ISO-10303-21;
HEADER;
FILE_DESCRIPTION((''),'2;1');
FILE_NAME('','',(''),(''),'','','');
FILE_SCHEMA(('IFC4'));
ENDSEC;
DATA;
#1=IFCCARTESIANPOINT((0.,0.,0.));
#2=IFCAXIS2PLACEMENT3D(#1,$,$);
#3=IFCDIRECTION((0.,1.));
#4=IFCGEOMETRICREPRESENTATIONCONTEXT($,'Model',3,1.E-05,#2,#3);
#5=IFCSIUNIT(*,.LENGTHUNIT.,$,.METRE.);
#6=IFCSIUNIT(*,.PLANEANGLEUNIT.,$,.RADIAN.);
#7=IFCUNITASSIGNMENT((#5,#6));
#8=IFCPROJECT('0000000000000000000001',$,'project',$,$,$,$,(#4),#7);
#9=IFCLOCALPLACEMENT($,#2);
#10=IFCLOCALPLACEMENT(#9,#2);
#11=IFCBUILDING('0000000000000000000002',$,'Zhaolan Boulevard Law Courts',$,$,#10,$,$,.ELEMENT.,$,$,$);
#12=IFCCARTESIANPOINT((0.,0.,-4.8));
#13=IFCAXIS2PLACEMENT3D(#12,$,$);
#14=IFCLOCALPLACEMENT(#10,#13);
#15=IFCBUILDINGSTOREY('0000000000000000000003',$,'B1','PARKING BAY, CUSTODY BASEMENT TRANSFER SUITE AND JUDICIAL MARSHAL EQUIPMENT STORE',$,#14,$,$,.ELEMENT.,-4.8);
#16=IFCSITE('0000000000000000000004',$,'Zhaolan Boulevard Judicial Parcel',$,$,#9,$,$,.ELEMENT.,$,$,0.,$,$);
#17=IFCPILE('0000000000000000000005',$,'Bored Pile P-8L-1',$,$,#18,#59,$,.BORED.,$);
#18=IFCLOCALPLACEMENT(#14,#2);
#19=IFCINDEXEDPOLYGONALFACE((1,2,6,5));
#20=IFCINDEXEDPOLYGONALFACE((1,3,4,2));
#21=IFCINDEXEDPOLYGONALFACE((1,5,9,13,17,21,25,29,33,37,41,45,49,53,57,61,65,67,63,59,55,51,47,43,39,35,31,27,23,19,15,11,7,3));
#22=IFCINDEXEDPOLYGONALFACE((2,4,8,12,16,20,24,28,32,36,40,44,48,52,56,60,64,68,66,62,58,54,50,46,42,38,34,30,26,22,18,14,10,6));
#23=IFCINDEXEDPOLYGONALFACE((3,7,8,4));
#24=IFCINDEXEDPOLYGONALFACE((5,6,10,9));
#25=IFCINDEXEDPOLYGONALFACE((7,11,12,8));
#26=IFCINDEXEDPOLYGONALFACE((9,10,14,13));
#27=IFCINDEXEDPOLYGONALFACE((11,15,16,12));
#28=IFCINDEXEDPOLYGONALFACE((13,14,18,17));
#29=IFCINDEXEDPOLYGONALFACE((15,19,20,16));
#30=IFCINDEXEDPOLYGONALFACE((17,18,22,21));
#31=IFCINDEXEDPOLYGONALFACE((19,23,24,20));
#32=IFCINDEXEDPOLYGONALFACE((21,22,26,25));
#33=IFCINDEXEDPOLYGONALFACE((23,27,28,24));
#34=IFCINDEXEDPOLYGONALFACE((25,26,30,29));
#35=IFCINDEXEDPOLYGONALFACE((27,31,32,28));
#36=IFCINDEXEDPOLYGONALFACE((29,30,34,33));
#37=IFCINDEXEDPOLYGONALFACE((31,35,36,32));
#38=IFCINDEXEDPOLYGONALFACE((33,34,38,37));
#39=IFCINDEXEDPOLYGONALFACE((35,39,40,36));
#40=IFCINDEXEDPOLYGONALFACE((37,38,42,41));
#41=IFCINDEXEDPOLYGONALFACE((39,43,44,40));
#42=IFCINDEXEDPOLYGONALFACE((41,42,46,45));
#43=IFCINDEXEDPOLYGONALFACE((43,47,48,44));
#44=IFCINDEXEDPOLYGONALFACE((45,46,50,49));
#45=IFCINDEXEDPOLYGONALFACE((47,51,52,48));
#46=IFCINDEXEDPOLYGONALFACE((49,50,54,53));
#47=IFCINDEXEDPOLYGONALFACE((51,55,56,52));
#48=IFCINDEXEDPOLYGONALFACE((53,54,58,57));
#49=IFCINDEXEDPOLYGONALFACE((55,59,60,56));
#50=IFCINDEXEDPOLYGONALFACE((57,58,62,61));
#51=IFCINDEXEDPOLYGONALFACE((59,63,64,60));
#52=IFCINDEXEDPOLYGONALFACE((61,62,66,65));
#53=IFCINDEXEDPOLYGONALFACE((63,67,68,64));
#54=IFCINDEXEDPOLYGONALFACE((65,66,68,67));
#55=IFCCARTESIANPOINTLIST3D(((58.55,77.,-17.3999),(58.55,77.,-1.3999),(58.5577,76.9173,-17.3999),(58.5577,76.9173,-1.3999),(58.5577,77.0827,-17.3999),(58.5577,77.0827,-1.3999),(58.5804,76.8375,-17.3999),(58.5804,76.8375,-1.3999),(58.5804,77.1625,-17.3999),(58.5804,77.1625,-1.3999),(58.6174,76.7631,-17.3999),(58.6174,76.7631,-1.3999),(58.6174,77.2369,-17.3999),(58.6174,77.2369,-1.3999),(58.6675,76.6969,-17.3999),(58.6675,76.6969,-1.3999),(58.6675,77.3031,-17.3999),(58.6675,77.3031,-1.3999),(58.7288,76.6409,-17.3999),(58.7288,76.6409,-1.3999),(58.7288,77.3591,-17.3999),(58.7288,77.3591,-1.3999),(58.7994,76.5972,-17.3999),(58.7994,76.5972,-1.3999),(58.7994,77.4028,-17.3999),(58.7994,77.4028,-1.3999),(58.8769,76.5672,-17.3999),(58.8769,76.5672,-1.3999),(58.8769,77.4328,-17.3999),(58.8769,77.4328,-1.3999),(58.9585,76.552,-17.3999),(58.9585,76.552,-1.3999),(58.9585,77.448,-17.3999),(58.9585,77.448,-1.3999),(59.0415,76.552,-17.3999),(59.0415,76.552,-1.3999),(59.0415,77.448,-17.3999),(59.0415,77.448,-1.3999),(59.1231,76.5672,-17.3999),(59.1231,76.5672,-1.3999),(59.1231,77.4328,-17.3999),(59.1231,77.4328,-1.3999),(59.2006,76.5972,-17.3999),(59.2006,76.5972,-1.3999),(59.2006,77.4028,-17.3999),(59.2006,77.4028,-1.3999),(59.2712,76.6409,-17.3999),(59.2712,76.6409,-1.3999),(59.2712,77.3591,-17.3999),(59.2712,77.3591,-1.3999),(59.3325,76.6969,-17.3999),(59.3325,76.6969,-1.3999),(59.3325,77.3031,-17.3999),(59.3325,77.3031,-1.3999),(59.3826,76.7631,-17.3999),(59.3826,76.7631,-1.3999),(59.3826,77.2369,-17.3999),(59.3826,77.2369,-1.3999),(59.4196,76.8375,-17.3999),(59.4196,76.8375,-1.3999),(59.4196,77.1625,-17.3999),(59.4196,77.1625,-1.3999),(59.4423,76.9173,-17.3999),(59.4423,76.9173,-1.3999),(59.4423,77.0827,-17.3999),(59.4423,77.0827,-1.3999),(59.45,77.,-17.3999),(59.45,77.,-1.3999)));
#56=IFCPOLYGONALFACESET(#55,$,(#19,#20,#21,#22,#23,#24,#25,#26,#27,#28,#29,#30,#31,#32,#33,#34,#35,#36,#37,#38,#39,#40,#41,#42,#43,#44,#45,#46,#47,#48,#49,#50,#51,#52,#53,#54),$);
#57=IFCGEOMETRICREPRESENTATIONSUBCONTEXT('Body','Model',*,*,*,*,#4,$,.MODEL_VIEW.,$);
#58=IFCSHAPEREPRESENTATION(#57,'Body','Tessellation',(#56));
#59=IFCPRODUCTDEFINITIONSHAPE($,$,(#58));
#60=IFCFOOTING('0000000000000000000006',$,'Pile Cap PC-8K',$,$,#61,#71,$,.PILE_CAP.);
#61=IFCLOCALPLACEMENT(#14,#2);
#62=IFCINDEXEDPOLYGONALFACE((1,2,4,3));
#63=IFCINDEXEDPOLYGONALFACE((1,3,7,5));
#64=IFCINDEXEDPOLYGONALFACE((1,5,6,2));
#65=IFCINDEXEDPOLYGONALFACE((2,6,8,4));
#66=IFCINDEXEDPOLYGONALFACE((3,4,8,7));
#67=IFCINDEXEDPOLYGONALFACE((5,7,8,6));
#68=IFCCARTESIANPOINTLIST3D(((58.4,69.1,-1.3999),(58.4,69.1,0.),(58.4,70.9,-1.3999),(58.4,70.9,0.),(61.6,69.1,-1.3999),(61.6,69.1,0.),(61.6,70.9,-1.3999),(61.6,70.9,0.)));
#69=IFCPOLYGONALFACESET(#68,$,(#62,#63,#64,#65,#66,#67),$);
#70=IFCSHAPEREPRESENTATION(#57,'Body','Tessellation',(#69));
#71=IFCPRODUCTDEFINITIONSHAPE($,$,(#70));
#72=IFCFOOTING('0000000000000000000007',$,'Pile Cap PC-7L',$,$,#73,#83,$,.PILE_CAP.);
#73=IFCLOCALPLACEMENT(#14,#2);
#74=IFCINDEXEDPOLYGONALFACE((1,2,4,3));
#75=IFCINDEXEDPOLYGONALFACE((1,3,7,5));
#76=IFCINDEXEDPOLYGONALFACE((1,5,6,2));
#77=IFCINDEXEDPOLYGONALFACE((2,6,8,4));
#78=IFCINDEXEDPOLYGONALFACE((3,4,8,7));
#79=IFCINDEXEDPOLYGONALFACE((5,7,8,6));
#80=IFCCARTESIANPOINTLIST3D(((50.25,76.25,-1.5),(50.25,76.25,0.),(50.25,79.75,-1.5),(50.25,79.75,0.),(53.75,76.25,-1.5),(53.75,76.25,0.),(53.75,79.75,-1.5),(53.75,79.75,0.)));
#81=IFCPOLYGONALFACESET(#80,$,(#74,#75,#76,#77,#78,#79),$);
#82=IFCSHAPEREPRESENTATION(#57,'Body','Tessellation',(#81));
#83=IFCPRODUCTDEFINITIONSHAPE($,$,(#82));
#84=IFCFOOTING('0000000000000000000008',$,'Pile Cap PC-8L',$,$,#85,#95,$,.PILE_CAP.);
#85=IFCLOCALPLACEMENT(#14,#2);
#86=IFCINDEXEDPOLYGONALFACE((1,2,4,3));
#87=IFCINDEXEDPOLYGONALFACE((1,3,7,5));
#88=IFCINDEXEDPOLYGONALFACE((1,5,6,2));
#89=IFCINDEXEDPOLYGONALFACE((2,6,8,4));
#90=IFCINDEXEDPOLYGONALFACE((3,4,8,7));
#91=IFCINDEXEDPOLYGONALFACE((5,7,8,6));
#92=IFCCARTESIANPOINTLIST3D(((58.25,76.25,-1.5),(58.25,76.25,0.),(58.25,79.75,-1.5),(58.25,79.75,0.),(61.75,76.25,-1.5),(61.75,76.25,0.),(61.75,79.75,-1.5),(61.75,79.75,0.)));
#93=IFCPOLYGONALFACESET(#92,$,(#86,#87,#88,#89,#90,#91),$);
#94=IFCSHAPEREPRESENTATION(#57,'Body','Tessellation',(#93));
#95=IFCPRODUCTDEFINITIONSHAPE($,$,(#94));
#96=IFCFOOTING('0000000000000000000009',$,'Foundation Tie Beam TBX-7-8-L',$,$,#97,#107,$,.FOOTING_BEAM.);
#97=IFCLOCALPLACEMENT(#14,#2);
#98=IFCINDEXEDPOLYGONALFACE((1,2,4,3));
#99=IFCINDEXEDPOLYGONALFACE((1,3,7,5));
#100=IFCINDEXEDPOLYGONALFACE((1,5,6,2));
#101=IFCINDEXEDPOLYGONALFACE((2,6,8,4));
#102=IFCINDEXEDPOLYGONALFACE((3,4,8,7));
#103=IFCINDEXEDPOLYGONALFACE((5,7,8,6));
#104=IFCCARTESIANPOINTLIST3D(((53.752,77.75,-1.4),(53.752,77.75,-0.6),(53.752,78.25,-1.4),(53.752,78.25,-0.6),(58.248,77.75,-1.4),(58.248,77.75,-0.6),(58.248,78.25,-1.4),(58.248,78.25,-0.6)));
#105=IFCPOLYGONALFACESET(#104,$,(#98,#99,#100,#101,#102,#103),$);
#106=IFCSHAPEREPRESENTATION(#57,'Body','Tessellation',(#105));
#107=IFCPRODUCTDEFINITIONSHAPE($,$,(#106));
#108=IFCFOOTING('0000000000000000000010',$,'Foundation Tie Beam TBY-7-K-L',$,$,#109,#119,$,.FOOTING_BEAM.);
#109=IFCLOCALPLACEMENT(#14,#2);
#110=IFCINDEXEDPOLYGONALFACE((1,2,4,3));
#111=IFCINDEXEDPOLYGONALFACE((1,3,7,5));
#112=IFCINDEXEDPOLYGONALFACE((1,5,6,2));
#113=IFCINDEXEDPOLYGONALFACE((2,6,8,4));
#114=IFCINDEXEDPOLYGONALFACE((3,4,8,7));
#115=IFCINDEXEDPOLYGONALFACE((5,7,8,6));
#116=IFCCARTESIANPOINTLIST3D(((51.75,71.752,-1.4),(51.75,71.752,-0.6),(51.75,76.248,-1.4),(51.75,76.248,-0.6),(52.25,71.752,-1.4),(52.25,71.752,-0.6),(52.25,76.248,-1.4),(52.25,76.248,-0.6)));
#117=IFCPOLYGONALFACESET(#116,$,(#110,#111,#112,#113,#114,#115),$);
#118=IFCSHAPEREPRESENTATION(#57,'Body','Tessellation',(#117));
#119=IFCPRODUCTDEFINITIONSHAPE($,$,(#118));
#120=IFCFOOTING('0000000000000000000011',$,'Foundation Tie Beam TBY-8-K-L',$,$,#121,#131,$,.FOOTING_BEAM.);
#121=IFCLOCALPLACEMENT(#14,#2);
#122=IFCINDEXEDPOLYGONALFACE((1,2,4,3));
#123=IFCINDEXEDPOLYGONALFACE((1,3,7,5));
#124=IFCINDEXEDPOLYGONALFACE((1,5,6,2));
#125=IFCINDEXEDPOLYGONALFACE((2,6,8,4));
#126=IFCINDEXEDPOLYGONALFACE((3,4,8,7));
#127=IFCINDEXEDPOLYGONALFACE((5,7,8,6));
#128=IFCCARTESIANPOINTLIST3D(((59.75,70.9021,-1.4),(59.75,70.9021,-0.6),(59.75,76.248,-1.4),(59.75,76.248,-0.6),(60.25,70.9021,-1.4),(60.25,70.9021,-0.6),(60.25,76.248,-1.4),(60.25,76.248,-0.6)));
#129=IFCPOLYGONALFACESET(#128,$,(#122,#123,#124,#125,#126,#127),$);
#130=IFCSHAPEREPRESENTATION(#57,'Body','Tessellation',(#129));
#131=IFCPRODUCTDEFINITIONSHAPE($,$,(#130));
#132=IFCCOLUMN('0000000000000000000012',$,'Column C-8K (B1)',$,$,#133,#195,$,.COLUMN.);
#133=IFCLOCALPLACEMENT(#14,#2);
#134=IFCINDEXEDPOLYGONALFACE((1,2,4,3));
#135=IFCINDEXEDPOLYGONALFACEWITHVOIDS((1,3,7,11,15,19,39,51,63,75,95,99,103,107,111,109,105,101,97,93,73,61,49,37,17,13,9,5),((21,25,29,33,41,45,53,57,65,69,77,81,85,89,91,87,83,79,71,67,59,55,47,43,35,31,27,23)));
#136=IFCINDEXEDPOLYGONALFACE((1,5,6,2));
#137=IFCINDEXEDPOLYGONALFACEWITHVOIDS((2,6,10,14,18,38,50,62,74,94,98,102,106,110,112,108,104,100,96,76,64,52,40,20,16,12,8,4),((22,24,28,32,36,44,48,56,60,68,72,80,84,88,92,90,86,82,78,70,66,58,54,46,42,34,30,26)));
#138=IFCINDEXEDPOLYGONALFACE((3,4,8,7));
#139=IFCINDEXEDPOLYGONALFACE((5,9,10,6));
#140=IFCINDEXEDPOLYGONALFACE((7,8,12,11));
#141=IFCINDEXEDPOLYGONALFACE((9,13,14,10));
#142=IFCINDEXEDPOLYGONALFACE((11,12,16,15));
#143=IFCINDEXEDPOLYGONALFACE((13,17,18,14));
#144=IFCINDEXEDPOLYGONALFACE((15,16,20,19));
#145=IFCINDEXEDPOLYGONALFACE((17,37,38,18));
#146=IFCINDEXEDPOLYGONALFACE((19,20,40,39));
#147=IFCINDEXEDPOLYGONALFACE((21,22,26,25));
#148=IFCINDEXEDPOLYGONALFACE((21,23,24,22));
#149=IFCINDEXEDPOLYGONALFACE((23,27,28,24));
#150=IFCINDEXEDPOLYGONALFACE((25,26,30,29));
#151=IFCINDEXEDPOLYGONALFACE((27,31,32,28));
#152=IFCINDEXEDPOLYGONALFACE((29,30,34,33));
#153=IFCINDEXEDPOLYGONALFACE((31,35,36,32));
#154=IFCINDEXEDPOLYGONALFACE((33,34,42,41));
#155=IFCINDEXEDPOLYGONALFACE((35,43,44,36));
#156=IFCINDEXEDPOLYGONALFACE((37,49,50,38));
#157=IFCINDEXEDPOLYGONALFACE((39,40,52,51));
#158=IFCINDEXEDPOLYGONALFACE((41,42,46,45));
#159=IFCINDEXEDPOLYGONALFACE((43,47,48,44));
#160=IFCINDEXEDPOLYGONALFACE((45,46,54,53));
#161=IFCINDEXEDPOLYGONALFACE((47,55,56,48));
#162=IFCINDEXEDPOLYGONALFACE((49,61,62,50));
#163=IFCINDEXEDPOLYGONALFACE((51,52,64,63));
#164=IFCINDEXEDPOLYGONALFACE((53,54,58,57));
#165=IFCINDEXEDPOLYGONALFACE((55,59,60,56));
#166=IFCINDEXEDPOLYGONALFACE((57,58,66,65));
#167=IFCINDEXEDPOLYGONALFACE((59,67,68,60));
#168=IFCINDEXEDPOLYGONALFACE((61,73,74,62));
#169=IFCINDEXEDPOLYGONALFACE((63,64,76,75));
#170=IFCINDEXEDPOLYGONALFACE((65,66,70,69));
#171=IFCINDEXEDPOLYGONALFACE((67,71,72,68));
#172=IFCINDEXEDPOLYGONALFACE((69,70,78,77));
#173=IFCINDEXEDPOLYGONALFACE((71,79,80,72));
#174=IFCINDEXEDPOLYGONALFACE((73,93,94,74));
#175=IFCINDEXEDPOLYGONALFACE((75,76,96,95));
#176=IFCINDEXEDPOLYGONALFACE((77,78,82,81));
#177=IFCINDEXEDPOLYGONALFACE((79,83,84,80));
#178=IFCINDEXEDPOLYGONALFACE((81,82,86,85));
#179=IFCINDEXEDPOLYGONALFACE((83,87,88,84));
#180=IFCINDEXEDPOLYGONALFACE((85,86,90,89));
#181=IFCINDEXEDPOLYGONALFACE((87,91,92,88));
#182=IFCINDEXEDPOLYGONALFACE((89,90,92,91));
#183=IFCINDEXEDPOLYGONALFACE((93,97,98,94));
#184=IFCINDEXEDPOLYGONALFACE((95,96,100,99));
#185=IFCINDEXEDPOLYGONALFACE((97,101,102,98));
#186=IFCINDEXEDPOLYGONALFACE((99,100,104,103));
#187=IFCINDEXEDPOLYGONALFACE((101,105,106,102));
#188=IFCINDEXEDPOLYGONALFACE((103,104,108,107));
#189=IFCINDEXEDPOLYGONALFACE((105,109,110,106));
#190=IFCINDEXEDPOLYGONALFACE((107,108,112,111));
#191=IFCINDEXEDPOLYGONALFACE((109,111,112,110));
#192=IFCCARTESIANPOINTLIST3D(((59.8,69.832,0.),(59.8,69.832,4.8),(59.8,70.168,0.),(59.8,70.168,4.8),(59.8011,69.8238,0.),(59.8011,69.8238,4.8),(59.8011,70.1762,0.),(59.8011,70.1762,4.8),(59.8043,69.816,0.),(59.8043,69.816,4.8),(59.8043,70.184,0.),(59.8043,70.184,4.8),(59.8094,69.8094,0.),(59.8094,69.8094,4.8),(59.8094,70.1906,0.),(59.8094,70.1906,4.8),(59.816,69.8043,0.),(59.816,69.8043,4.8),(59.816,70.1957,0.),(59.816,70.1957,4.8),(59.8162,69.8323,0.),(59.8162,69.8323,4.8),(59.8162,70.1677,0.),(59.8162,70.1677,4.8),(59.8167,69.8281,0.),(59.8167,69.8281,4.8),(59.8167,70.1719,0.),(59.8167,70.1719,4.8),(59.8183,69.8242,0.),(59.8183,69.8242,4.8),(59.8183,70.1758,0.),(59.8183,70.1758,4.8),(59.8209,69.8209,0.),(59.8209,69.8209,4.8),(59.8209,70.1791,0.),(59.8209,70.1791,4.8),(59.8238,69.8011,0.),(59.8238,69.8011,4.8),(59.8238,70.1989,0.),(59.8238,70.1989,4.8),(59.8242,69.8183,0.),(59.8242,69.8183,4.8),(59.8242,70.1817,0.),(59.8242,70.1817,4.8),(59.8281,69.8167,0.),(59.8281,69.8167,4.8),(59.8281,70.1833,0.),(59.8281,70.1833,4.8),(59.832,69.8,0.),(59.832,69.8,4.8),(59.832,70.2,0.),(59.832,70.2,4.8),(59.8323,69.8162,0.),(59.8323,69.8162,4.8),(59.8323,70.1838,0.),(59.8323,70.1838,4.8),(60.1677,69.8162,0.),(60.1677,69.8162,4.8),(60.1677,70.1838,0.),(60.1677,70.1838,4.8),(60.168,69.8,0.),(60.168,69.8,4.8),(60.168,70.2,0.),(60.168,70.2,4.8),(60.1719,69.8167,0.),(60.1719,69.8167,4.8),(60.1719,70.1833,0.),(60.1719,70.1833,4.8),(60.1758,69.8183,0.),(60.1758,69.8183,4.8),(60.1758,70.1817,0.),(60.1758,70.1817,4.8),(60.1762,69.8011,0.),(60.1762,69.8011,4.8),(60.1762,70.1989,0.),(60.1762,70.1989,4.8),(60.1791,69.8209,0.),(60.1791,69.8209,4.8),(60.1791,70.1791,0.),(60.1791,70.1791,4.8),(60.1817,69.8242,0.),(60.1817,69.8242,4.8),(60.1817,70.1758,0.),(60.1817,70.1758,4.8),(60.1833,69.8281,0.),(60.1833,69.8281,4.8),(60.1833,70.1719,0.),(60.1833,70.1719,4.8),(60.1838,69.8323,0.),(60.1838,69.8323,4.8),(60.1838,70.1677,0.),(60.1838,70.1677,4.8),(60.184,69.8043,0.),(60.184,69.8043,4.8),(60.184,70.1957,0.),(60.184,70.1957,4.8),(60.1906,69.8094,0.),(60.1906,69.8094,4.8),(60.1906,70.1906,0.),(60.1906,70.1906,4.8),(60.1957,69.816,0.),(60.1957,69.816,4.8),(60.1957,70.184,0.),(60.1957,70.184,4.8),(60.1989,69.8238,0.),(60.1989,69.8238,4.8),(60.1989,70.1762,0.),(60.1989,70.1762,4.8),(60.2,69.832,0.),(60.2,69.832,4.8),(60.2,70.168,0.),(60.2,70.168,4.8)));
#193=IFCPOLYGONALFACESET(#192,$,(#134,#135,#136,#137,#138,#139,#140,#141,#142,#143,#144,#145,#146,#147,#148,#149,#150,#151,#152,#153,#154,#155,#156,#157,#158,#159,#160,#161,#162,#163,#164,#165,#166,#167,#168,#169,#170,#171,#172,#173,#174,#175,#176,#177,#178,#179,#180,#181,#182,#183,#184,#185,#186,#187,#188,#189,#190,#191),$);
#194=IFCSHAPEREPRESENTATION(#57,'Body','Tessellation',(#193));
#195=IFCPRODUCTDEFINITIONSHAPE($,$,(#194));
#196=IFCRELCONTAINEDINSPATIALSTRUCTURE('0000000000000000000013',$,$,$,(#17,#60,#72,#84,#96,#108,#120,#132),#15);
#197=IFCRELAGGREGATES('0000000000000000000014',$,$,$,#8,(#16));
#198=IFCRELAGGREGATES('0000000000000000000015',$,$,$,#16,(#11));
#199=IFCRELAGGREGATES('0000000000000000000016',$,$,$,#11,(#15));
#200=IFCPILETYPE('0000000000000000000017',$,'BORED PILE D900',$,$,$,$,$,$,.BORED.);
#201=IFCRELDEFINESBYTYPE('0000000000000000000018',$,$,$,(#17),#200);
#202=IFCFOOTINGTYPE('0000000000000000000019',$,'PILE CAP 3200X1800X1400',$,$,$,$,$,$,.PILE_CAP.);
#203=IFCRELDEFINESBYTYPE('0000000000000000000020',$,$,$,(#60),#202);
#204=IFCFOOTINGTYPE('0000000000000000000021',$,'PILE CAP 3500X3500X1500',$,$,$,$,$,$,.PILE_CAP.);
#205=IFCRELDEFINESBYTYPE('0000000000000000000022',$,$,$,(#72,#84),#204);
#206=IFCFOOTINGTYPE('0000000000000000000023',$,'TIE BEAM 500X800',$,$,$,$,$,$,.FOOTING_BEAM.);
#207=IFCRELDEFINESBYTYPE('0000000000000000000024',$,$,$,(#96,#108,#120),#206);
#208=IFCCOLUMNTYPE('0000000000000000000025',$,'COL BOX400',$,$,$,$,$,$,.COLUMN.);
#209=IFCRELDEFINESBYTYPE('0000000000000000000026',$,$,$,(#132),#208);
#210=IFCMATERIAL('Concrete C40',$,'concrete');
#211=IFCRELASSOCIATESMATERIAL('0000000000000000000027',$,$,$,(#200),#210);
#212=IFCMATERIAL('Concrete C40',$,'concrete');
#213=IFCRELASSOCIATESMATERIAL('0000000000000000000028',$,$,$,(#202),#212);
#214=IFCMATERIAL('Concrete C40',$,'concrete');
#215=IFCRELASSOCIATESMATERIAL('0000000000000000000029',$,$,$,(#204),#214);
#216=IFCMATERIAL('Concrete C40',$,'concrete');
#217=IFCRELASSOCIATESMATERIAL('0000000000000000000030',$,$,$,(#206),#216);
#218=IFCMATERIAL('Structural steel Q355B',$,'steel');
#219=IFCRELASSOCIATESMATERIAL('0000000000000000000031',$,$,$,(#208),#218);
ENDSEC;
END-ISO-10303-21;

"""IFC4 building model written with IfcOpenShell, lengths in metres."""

from ifc_helpers import new_model, si_unit, direction, frame, origin, origin_2d, place, context, subcontext, project, spatial, rectangle, hollow_rectangle, circle, extrude, material, material_profile, profile_set, type_object, element, save


model = new_model("IFC4")

# Units and contexts
model_context = context("Model", 3, precision=1e-05, world=origin(), true_north=direction((0.0, 1.0)))
body_context = subcontext(model_context, "Body", "Model", "MODEL_VIEW")
ifc_project = project(units=[si_unit("LENGTHUNIT", "METRE"), si_unit("PLANEANGLEUNIT", "RADIAN")], contexts=[model_context])

# Site, building, storey
site_placement = place(None, origin())
site = spatial("IfcSite", under=ifc_project, at=site_placement, Name="Zhaolan Boulevard Judicial Parcel", CompositionType="ELEMENT", RefElevation=0.0)
building_placement = place(site_placement, origin())
building = spatial("IfcBuilding", under=site, at=building_placement, Name="Zhaolan Boulevard Law Courts", CompositionType="ELEMENT")
storey_placement = place(building_placement, frame((0.0, 0.0, -4.8)))
storey = spatial("IfcBuildingStorey", under=building, at=storey_placement, Name="B1", Description="PARKING BAY, CUSTODY BASEMENT TRANSFER SUITE AND JUDICIAL MARSHAL EQUIPMENT STORE", CompositionType="ELEMENT", Elevation=-4.8)

# Pile
ifc_material_1 = material(Name="Concrete C40", Category="concrete")
ifc_material_profile_1 = material_profile(ifc_material_1, circle(Radius=0.45, at=origin_2d()), Name="PILE-D900")
ifc_profile_set_1 = profile_set([ifc_material_profile_1], Name="Concrete C40")
pile_type_1 = type_object("IfcPileType", Name="BORED PILE D900", PredefinedType="BORED", material=ifc_profile_set_1)
for number, where, z_axis, x_axis, name in (
    (1, (59.0, 77.0, -1.3999), (0.0, 0.0, -1.0), (1.0, 0.0, 0.0), "Bored Pile P-8L-1"),
):
    element("IfcPile", number, at=place(storey_placement, frame(where, z_axis=z_axis, x_axis=x_axis)), inside=storey, type_object=pile_type_1, Name=name, PredefinedType="BORED", context=body_context, shape_type="SweptSolid", body=[
        extrude(circle(Radius=0.45, at=origin_2d()), origin(), (0.0, 0.0, 1.0), 16.0),
    ])

# Footings
ifc_material_2 = material(Name="Concrete C40", Category="concrete")
footing_type_1 = type_object("IfcFootingType", Name="PILE CAP 3200X1800X1400", PredefinedType="PILE_CAP", material=ifc_material_2)
footing_1_placement = place(storey_placement, frame((60.0, 70.0, -1.3999), z_axis=(0.0, 0.0, 1.0), x_axis=(1.0, 0.0, 0.0)))
element("IfcFooting", 2, at=footing_1_placement, inside=storey, type_object=footing_type_1, Name="Pile Cap PC-8K", PredefinedType="PILE_CAP", context=body_context, shape_type="SweptSolid", body=[
    extrude(rectangle(XDim=3.2, YDim=1.8, at=origin_2d()), origin(), (0.0, 0.0, 1.0), 1.3999),
])
ifc_material_3 = material(Name="Concrete C40", Category="concrete")
footing_type_2 = type_object("IfcFootingType", Name="PILE CAP 3500X3500X1500", PredefinedType="PILE_CAP", material=ifc_material_3)
for number, where, z_axis, x_axis, name in (
    (3, (52.0, 78.0, -1.5), (0.0, 0.0, 1.0), (1.0, 0.0, 0.0), "Pile Cap PC-7L"),
    (4, (60.0, 78.0, -1.5), (0.0, 0.0, 1.0), (1.0, 0.0, 0.0), "Pile Cap PC-8L"),
):
    element("IfcFooting", number, at=place(storey_placement, frame(where, z_axis=z_axis, x_axis=x_axis)), inside=storey, type_object=footing_type_2, Name=name, PredefinedType="PILE_CAP", context=body_context, shape_type="SweptSolid", body=[
        extrude(rectangle(XDim=3.5, YDim=3.5, at=origin_2d()), origin(), (0.0, 0.0, 1.0), 1.5),
    ])
ifc_material_4 = material(Name="Concrete C40", Category="concrete")
ifc_material_profile_2 = material_profile(ifc_material_4, rectangle(XDim=0.5, YDim=0.8, at=origin_2d()), Name="RC500x800")
ifc_profile_set_2 = profile_set([ifc_material_profile_2], Name="Concrete C40")
footing_type_3 = type_object("IfcFootingType", Name="TIE BEAM 500X800", PredefinedType="FOOTING_BEAM", material=ifc_profile_set_2)
for number, where, z_axis, x_axis, name in (
    (5, (53.752, 78.0, -1.0), (1.0, 0.0, 0.0), (0.0, 1.0, 0.0), "Foundation Tie Beam TBX-7-8-L"),
    (6, (52.0, 71.752, -1.0), (0.0, 1.0, 0.0), (-1.0, 0.0, 0.0), "Foundation Tie Beam TBY-7-K-L"),
):
    element("IfcFooting", number, at=place(storey_placement, frame(where, z_axis=z_axis, x_axis=x_axis)), inside=storey, type_object=footing_type_3, Name=name, PredefinedType="FOOTING_BEAM", context=body_context, shape_type="SweptSolid", body=[
        extrude(rectangle(XDim=0.5, YDim=0.8, at=origin_2d()), origin(), (0.0, 0.0, 1.0), 4.4961),
    ])
footing_2_placement = place(storey_placement, frame((60.0, 70.9021, -1.0), z_axis=(0.0, 1.0, 0.0), x_axis=(-1.0, 0.0, 0.0)))
element("IfcFooting", 7, at=footing_2_placement, inside=storey, type_object=footing_type_3, Name="Foundation Tie Beam TBY-8-K-L", PredefinedType="FOOTING_BEAM", context=body_context, shape_type="SweptSolid", body=[
    extrude(rectangle(XDim=0.5, YDim=0.8, at=origin_2d()), origin(), (0.0, 0.0, 1.0), 5.3459),
])

# Column
ifc_material_5 = material(Name="Structural steel Q355B", Category="steel")
ifc_material_profile_3 = material_profile(ifc_material_5, hollow_rectangle(XDim=0.3999, YDim=0.3999, WallThickness=0.0161, InnerFilletRadius=0.0161, OuterFilletRadius=0.032, at=origin_2d()), Name="BOX400x400x16")
ifc_profile_set_3 = profile_set([ifc_material_profile_3], Name="Structural steel Q355B")
column_type_1 = type_object("IfcColumnType", Name="COL BOX400", PredefinedType="COLUMN", material=ifc_profile_set_3)
column_1_placement = place(storey_placement, frame((60.0, 70.0, 0.0), z_axis=(0.0, 0.0, 1.0), x_axis=(1.0, 0.0, 0.0)))
element("IfcColumn", 8, at=column_1_placement, inside=storey, type_object=column_type_1, Name="Column C-8K (B1)", PredefinedType="COLUMN", context=body_context, shape_type="SweptSolid", body=[
    extrude(hollow_rectangle(XDim=0.3999, YDim=0.3999, WallThickness=0.0161, InnerFilletRadius=0.0161, OuterFilletRadius=0.032, at=origin_2d()), origin(), (0.0, 0.0, 1.0), 4.8),
])

save(model, "model.ifc")
